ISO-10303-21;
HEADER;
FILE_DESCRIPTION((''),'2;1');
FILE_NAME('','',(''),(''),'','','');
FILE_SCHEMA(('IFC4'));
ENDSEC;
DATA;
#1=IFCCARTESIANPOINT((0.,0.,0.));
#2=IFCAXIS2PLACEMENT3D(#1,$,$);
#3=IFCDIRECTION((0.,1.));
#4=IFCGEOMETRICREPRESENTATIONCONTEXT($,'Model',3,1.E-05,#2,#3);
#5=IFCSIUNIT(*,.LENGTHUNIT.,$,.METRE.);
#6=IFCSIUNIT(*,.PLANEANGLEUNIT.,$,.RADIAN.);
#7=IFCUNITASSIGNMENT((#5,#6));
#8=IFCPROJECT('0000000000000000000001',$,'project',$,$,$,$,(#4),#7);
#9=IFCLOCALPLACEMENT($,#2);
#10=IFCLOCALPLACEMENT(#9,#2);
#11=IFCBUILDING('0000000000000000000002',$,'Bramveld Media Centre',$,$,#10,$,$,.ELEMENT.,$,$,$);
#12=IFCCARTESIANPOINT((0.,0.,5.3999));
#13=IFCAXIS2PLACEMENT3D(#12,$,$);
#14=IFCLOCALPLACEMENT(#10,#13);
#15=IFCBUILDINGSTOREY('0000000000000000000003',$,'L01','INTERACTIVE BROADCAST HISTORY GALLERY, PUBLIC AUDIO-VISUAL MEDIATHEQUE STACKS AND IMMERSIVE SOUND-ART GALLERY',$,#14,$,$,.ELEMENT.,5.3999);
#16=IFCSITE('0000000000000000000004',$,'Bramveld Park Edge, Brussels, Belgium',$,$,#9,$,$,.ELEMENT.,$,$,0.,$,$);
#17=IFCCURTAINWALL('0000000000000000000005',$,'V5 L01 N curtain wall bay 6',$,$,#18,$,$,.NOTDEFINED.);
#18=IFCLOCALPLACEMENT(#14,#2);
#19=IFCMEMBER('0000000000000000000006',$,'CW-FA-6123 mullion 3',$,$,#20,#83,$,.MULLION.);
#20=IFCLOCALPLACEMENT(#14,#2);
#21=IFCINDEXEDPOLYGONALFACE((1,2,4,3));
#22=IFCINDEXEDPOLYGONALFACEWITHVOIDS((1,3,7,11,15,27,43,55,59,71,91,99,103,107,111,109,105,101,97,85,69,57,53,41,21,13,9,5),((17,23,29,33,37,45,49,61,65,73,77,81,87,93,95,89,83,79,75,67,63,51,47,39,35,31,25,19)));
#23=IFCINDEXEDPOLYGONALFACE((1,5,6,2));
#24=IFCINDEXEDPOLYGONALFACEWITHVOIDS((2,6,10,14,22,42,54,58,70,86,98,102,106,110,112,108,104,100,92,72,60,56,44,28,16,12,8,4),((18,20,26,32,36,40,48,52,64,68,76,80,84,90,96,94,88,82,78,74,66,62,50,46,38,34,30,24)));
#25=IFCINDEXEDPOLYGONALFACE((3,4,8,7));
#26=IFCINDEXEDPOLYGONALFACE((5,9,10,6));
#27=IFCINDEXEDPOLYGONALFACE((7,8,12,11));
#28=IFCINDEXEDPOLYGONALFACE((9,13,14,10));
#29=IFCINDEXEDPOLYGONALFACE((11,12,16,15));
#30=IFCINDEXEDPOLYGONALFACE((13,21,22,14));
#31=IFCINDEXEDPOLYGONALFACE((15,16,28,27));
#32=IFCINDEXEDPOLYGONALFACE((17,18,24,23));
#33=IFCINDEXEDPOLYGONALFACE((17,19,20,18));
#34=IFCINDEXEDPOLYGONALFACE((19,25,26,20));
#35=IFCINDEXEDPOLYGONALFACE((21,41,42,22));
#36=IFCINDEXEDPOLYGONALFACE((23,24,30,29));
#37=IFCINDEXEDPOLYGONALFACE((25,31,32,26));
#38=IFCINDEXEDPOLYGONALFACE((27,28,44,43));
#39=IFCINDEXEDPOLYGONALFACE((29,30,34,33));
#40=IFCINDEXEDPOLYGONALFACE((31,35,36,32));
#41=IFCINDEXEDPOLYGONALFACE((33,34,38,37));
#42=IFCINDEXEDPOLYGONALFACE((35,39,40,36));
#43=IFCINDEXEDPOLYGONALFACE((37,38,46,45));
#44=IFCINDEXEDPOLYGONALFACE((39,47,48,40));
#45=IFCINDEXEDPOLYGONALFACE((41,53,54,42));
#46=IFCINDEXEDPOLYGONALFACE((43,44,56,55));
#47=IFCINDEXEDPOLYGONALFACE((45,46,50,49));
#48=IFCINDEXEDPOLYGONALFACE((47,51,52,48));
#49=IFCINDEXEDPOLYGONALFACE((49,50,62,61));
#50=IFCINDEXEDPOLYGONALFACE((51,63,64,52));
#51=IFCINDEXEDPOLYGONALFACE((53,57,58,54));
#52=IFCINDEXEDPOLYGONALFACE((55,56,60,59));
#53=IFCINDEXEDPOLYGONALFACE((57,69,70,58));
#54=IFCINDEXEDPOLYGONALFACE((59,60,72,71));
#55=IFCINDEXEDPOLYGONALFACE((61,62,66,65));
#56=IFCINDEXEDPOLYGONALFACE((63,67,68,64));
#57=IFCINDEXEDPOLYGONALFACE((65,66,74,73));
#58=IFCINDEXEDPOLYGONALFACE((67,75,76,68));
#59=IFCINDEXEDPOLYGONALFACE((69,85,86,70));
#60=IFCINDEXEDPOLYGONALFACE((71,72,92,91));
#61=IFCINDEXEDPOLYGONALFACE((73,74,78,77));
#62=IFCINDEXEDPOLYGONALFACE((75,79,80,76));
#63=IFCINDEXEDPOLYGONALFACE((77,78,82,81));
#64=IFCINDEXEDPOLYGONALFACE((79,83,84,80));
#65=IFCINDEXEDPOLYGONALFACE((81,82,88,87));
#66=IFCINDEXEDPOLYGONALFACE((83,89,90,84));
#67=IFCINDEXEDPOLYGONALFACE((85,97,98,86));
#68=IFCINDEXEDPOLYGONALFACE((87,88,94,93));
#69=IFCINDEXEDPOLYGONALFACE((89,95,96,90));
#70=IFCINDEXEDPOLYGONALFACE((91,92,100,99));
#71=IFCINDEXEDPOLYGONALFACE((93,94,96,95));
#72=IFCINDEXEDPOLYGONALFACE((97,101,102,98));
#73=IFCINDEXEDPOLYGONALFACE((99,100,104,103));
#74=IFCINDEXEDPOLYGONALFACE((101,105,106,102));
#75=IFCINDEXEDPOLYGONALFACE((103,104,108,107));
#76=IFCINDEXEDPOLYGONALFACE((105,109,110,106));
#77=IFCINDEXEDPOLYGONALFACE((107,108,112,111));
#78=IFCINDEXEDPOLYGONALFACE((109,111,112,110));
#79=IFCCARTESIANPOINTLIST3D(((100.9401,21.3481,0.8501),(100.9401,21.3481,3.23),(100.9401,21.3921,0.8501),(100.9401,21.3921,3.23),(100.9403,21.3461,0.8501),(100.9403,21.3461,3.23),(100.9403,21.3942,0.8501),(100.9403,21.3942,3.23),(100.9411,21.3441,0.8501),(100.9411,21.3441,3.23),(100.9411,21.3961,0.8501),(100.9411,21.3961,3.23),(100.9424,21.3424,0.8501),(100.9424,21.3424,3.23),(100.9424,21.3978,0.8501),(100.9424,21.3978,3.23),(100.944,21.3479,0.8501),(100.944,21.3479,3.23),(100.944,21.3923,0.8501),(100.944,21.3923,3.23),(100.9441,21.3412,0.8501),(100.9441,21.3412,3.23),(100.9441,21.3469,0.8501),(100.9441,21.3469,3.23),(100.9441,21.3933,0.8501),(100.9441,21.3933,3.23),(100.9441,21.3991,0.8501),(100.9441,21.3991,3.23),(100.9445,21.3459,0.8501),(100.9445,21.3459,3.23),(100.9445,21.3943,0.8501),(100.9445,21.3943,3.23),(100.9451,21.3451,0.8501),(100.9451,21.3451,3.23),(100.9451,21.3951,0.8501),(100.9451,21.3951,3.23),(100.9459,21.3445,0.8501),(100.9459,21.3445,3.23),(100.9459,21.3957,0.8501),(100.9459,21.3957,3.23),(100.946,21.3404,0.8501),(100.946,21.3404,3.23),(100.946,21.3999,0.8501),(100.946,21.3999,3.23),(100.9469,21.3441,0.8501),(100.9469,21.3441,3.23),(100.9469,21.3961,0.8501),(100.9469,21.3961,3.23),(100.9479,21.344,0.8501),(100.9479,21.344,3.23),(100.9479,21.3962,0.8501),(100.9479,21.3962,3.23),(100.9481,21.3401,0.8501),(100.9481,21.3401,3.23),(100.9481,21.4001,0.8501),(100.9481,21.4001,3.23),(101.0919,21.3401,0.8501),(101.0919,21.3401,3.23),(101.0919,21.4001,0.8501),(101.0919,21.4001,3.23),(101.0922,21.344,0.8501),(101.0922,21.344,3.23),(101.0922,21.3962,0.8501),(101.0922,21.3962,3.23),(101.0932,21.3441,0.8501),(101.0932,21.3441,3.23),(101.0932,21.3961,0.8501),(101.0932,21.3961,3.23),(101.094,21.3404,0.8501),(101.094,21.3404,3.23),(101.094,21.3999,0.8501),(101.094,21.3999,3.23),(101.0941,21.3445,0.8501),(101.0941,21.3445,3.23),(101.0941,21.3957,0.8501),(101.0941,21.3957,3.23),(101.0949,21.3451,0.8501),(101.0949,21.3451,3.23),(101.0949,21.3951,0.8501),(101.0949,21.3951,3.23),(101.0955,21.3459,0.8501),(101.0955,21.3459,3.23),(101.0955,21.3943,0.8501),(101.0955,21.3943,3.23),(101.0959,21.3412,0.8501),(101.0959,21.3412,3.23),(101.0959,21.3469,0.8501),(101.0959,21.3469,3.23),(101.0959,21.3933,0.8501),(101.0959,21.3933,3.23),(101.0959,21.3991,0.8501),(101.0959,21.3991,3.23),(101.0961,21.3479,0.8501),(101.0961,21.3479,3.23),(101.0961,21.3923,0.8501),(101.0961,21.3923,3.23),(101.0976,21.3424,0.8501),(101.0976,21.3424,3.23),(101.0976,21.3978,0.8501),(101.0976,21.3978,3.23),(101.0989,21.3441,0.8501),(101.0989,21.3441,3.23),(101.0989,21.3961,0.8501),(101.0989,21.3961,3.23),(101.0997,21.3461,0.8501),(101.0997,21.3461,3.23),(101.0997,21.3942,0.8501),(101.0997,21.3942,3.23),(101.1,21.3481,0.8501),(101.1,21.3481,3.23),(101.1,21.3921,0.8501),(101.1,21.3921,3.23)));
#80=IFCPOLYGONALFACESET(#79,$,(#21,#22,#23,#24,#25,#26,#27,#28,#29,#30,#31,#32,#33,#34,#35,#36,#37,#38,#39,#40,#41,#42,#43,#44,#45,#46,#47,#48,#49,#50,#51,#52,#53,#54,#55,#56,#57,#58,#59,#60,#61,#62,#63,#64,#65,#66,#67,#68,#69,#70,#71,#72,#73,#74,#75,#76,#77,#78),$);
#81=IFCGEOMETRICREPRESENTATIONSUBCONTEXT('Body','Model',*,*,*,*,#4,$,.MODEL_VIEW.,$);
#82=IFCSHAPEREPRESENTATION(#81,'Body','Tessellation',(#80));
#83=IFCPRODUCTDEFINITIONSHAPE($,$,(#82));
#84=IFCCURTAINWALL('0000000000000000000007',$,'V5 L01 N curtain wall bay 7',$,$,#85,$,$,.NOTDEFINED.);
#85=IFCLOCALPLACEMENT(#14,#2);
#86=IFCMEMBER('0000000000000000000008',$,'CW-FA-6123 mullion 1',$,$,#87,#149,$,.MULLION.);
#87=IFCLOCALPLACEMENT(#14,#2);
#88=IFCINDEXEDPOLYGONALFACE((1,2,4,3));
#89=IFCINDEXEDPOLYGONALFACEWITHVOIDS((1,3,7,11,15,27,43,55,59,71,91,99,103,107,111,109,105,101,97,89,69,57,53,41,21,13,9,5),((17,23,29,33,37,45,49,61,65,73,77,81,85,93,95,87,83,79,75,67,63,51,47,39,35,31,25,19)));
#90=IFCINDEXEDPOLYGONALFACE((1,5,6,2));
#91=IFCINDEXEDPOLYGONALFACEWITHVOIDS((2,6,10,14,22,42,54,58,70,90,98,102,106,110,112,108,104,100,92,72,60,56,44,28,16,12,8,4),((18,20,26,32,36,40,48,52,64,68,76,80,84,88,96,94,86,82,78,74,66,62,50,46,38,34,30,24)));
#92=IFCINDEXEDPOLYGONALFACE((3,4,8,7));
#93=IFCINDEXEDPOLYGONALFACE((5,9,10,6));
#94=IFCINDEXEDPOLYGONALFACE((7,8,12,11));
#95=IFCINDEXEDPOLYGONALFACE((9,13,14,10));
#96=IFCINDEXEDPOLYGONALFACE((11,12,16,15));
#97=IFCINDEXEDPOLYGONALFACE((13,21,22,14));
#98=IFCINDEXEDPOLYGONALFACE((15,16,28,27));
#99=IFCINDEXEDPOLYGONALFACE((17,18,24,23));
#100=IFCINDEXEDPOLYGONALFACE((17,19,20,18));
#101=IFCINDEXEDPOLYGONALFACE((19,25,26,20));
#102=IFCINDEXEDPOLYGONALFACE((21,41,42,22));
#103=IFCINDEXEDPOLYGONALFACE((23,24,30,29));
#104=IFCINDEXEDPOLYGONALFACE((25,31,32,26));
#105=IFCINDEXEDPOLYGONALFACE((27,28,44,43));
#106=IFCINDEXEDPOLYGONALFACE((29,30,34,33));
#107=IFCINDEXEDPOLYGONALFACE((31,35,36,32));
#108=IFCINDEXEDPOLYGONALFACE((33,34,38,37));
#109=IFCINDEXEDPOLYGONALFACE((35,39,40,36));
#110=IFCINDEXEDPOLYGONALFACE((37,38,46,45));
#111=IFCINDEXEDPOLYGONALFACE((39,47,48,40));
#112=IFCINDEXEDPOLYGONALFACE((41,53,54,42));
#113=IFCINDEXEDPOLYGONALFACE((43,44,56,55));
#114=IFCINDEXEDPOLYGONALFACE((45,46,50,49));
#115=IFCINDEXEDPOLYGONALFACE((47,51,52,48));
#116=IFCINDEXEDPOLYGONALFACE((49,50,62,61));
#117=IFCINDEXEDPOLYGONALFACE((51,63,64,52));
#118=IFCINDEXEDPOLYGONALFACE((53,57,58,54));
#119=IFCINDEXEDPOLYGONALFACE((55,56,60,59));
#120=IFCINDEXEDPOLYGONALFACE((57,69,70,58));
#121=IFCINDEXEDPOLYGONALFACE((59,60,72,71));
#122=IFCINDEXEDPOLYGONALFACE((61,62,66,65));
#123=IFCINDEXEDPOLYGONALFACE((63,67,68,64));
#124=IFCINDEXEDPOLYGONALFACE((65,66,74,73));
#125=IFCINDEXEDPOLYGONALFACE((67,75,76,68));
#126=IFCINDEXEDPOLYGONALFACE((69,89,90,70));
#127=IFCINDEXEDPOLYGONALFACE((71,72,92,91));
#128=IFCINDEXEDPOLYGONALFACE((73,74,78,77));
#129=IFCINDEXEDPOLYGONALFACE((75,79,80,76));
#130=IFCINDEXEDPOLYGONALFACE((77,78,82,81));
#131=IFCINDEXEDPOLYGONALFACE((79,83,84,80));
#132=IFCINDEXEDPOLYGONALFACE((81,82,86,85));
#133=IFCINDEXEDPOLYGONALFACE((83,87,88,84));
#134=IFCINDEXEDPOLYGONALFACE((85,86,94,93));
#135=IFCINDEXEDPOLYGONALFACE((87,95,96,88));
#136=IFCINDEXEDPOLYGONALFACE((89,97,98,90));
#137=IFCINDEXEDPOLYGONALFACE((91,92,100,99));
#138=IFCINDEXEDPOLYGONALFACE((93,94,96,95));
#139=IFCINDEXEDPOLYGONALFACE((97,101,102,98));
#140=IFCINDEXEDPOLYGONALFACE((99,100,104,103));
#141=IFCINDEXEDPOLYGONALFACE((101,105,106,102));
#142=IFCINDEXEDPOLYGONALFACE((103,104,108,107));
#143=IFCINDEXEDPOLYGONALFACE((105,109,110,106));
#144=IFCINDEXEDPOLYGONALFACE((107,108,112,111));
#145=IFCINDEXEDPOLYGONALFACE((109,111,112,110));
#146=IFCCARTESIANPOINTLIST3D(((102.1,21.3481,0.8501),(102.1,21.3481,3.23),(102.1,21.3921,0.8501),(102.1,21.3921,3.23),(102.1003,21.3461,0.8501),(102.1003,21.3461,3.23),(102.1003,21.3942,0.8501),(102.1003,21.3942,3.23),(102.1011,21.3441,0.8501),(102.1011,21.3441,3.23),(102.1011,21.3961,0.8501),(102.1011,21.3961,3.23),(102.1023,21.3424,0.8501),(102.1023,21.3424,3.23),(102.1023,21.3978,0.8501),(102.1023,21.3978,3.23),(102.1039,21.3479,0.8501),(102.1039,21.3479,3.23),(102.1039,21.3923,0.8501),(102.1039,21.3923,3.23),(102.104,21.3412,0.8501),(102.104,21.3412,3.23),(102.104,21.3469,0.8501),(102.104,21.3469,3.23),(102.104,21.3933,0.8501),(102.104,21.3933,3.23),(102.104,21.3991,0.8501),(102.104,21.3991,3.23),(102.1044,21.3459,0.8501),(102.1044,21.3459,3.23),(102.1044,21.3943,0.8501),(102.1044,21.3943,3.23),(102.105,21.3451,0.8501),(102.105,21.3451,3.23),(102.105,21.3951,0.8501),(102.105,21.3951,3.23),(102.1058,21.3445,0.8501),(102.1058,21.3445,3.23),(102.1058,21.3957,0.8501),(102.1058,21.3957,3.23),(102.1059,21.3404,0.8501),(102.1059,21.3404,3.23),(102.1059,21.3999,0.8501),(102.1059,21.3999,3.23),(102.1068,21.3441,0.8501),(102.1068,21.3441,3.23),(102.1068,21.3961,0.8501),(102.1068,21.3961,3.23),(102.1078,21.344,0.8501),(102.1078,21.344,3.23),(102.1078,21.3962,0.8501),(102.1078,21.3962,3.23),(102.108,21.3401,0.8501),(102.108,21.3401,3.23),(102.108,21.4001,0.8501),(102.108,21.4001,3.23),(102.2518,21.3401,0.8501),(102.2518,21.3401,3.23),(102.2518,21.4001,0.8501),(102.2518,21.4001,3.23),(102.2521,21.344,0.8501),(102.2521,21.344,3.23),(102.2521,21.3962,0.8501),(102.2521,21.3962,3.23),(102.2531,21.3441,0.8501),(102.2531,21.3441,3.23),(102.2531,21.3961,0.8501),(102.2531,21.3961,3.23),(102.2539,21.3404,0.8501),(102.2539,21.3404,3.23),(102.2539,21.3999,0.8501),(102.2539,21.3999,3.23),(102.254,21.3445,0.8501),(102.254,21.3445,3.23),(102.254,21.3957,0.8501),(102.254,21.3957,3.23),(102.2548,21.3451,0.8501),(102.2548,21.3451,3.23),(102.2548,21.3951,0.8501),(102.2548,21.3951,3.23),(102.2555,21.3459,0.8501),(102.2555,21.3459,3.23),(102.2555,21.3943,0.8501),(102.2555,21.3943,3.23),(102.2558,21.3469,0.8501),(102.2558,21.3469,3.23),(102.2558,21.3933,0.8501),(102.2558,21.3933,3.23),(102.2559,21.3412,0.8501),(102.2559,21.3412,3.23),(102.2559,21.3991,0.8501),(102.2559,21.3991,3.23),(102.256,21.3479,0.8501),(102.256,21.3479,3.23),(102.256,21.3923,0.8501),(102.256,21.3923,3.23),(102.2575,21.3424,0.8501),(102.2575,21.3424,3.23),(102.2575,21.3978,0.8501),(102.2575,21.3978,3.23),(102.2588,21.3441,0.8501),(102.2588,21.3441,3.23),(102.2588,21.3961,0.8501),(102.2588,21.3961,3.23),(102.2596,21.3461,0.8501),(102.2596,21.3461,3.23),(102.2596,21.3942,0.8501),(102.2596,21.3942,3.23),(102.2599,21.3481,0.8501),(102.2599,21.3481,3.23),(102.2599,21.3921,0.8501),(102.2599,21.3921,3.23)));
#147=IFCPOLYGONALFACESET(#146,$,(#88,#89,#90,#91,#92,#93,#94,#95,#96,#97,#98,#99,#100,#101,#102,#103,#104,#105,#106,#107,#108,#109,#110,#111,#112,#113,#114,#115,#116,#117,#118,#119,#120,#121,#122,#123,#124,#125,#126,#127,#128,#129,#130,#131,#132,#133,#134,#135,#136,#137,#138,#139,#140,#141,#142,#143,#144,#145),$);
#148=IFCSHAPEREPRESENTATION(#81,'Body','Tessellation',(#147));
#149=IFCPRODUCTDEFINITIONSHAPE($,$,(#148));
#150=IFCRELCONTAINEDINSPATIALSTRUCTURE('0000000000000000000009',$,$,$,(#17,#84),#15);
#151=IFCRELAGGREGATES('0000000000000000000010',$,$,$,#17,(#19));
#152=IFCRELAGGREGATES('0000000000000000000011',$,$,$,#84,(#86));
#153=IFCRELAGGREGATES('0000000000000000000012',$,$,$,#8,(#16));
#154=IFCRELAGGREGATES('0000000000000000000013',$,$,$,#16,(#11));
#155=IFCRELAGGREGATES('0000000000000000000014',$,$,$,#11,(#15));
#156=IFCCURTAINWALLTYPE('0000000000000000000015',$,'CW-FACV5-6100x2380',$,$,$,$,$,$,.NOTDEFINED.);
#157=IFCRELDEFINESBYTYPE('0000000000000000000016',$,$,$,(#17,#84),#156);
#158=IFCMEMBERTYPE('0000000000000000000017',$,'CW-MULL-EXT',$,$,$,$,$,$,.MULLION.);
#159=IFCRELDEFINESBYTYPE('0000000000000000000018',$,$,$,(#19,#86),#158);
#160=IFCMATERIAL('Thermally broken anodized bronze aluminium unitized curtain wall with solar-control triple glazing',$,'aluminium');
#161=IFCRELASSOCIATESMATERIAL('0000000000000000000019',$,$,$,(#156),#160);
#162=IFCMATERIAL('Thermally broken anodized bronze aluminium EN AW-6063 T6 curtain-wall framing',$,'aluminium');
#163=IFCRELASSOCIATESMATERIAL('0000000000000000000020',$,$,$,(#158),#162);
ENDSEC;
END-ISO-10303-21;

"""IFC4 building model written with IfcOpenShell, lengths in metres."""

from ifc_helpers import new_model, si_unit, direction, frame, origin, origin_2d, place, context, subcontext, project, spatial, hollow_rectangle, extrude, material, material_profile, profile_set, type_object, element, aggregate, save


model = new_model("IFC4")

# Units and contexts
model_context = context("Model", 3, precision=1e-05, world=origin(), true_north=direction((0.0, 1.0)))
body_context = subcontext(model_context, "Body", "Model", "MODEL_VIEW")
ifc_project = project(units=[si_unit("LENGTHUNIT", "METRE"), si_unit("PLANEANGLEUNIT", "RADIAN")], contexts=[model_context])

# Site, building, storey
site_placement = place(None, origin())
site = spatial("IfcSite", under=ifc_project, at=site_placement, Name="Bramveld Park Edge, Brussels, Belgium", CompositionType="ELEMENT", RefElevation=0.0)
building_placement = place(site_placement, origin())
building = spatial("IfcBuilding", under=site, at=building_placement, Name="Bramveld Media Centre", CompositionType="ELEMENT")
storey_placement = place(building_placement, frame((0.0, 0.0, 5.3999)))
storey = spatial("IfcBuildingStorey", under=building, at=storey_placement, Name="L01", Description="INTERACTIVE BROADCAST HISTORY GALLERY, PUBLIC AUDIO-VISUAL MEDIATHEQUE STACKS AND IMMERSIVE SOUND-ART GALLERY", CompositionType="ELEMENT", Elevation=5.3999)

# Curtain wall, member
ifc_material_1 = material(Name="Thermally broken anodized bronze aluminium unitized curtain wall with solar-control triple glazing", Category="aluminium")
curtain_wall_type = type_object("IfcCurtainWallType", Name="CW-FACV5-6100x2380", PredefinedType="NOTDEFINED", material=ifc_material_1)
curtain_wall_1_placement = place(storey_placement, origin())
curtain_wall_1 = element("IfcCurtainWall", 1, at=curtain_wall_1_placement, inside=storey, type_object=curtain_wall_type, Name="V5 L01 N curtain wall bay 6", PredefinedType="NOTDEFINED")
ifc_material_2 = material(Name="Thermally broken anodized bronze aluminium EN AW-6063 T6 curtain-wall framing", Category="aluminium")
ifc_material_profile_1 = material_profile(ifc_material_2, hollow_rectangle(XDim=0.0601, YDim=0.1599, WallThickness=0.0039, InnerFilletRadius=0.0039, OuterFilletRadius=0.0081, at=origin_2d()), Name="AL-MULL 60x160")
ifc_profile_set_1 = profile_set([ifc_material_profile_1], Name="Thermally broken anodized bronze aluminium EN AW-6063 T6 curtain-wall framing")
member_type_1 = type_object("IfcMemberType", Name="CW-MULL-EXT", PredefinedType="MULLION", material=ifc_profile_set_1)
member_1_placement = place(storey_placement, frame((101.02, 21.3701, 0.8501), z_axis=(0.0, 0.0, 1.0), x_axis=(0.0, 1.0, 0.0)))
member_1 = element("IfcMember", 2, at=member_1_placement, type_object=member_type_1, Name="CW-FA-6123 mullion 3", PredefinedType="MULLION", context=body_context, shape_type="SweptSolid", body=[
    extrude(hollow_rectangle(XDim=0.0601, YDim=0.1599, WallThickness=0.0039, InnerFilletRadius=0.0039, OuterFilletRadius=0.0081, at=origin_2d()), origin(), (0.0, 0.0, 1.0), 2.3799),
])

# Curtain wall, member
curtain_wall_2_placement = place(storey_placement, origin())
curtain_wall_2 = element("IfcCurtainWall", 3, at=curtain_wall_2_placement, inside=storey, type_object=curtain_wall_type, Name="V5 L01 N curtain wall bay 7", PredefinedType="NOTDEFINED")
member_2_placement = place(storey_placement, frame((102.1799, 21.3701, 0.8501), z_axis=(0.0, 0.0, 1.0), x_axis=(0.0, 1.0, 0.0)))
member_2 = element("IfcMember", 4, at=member_2_placement, type_object=member_type_1, Name="CW-FA-6123 mullion 1", PredefinedType="MULLION", context=body_context, shape_type="SweptSolid", body=[
    extrude(hollow_rectangle(XDim=0.0601, YDim=0.1599, WallThickness=0.0039, InnerFilletRadius=0.0039, OuterFilletRadius=0.0081, at=origin_2d()), origin(), (0.0, 0.0, 1.0), 2.3799),
])

aggregate(curtain_wall_1, [member_1])
aggregate(curtain_wall_2, [member_2])

save(model, "model.ifc")
